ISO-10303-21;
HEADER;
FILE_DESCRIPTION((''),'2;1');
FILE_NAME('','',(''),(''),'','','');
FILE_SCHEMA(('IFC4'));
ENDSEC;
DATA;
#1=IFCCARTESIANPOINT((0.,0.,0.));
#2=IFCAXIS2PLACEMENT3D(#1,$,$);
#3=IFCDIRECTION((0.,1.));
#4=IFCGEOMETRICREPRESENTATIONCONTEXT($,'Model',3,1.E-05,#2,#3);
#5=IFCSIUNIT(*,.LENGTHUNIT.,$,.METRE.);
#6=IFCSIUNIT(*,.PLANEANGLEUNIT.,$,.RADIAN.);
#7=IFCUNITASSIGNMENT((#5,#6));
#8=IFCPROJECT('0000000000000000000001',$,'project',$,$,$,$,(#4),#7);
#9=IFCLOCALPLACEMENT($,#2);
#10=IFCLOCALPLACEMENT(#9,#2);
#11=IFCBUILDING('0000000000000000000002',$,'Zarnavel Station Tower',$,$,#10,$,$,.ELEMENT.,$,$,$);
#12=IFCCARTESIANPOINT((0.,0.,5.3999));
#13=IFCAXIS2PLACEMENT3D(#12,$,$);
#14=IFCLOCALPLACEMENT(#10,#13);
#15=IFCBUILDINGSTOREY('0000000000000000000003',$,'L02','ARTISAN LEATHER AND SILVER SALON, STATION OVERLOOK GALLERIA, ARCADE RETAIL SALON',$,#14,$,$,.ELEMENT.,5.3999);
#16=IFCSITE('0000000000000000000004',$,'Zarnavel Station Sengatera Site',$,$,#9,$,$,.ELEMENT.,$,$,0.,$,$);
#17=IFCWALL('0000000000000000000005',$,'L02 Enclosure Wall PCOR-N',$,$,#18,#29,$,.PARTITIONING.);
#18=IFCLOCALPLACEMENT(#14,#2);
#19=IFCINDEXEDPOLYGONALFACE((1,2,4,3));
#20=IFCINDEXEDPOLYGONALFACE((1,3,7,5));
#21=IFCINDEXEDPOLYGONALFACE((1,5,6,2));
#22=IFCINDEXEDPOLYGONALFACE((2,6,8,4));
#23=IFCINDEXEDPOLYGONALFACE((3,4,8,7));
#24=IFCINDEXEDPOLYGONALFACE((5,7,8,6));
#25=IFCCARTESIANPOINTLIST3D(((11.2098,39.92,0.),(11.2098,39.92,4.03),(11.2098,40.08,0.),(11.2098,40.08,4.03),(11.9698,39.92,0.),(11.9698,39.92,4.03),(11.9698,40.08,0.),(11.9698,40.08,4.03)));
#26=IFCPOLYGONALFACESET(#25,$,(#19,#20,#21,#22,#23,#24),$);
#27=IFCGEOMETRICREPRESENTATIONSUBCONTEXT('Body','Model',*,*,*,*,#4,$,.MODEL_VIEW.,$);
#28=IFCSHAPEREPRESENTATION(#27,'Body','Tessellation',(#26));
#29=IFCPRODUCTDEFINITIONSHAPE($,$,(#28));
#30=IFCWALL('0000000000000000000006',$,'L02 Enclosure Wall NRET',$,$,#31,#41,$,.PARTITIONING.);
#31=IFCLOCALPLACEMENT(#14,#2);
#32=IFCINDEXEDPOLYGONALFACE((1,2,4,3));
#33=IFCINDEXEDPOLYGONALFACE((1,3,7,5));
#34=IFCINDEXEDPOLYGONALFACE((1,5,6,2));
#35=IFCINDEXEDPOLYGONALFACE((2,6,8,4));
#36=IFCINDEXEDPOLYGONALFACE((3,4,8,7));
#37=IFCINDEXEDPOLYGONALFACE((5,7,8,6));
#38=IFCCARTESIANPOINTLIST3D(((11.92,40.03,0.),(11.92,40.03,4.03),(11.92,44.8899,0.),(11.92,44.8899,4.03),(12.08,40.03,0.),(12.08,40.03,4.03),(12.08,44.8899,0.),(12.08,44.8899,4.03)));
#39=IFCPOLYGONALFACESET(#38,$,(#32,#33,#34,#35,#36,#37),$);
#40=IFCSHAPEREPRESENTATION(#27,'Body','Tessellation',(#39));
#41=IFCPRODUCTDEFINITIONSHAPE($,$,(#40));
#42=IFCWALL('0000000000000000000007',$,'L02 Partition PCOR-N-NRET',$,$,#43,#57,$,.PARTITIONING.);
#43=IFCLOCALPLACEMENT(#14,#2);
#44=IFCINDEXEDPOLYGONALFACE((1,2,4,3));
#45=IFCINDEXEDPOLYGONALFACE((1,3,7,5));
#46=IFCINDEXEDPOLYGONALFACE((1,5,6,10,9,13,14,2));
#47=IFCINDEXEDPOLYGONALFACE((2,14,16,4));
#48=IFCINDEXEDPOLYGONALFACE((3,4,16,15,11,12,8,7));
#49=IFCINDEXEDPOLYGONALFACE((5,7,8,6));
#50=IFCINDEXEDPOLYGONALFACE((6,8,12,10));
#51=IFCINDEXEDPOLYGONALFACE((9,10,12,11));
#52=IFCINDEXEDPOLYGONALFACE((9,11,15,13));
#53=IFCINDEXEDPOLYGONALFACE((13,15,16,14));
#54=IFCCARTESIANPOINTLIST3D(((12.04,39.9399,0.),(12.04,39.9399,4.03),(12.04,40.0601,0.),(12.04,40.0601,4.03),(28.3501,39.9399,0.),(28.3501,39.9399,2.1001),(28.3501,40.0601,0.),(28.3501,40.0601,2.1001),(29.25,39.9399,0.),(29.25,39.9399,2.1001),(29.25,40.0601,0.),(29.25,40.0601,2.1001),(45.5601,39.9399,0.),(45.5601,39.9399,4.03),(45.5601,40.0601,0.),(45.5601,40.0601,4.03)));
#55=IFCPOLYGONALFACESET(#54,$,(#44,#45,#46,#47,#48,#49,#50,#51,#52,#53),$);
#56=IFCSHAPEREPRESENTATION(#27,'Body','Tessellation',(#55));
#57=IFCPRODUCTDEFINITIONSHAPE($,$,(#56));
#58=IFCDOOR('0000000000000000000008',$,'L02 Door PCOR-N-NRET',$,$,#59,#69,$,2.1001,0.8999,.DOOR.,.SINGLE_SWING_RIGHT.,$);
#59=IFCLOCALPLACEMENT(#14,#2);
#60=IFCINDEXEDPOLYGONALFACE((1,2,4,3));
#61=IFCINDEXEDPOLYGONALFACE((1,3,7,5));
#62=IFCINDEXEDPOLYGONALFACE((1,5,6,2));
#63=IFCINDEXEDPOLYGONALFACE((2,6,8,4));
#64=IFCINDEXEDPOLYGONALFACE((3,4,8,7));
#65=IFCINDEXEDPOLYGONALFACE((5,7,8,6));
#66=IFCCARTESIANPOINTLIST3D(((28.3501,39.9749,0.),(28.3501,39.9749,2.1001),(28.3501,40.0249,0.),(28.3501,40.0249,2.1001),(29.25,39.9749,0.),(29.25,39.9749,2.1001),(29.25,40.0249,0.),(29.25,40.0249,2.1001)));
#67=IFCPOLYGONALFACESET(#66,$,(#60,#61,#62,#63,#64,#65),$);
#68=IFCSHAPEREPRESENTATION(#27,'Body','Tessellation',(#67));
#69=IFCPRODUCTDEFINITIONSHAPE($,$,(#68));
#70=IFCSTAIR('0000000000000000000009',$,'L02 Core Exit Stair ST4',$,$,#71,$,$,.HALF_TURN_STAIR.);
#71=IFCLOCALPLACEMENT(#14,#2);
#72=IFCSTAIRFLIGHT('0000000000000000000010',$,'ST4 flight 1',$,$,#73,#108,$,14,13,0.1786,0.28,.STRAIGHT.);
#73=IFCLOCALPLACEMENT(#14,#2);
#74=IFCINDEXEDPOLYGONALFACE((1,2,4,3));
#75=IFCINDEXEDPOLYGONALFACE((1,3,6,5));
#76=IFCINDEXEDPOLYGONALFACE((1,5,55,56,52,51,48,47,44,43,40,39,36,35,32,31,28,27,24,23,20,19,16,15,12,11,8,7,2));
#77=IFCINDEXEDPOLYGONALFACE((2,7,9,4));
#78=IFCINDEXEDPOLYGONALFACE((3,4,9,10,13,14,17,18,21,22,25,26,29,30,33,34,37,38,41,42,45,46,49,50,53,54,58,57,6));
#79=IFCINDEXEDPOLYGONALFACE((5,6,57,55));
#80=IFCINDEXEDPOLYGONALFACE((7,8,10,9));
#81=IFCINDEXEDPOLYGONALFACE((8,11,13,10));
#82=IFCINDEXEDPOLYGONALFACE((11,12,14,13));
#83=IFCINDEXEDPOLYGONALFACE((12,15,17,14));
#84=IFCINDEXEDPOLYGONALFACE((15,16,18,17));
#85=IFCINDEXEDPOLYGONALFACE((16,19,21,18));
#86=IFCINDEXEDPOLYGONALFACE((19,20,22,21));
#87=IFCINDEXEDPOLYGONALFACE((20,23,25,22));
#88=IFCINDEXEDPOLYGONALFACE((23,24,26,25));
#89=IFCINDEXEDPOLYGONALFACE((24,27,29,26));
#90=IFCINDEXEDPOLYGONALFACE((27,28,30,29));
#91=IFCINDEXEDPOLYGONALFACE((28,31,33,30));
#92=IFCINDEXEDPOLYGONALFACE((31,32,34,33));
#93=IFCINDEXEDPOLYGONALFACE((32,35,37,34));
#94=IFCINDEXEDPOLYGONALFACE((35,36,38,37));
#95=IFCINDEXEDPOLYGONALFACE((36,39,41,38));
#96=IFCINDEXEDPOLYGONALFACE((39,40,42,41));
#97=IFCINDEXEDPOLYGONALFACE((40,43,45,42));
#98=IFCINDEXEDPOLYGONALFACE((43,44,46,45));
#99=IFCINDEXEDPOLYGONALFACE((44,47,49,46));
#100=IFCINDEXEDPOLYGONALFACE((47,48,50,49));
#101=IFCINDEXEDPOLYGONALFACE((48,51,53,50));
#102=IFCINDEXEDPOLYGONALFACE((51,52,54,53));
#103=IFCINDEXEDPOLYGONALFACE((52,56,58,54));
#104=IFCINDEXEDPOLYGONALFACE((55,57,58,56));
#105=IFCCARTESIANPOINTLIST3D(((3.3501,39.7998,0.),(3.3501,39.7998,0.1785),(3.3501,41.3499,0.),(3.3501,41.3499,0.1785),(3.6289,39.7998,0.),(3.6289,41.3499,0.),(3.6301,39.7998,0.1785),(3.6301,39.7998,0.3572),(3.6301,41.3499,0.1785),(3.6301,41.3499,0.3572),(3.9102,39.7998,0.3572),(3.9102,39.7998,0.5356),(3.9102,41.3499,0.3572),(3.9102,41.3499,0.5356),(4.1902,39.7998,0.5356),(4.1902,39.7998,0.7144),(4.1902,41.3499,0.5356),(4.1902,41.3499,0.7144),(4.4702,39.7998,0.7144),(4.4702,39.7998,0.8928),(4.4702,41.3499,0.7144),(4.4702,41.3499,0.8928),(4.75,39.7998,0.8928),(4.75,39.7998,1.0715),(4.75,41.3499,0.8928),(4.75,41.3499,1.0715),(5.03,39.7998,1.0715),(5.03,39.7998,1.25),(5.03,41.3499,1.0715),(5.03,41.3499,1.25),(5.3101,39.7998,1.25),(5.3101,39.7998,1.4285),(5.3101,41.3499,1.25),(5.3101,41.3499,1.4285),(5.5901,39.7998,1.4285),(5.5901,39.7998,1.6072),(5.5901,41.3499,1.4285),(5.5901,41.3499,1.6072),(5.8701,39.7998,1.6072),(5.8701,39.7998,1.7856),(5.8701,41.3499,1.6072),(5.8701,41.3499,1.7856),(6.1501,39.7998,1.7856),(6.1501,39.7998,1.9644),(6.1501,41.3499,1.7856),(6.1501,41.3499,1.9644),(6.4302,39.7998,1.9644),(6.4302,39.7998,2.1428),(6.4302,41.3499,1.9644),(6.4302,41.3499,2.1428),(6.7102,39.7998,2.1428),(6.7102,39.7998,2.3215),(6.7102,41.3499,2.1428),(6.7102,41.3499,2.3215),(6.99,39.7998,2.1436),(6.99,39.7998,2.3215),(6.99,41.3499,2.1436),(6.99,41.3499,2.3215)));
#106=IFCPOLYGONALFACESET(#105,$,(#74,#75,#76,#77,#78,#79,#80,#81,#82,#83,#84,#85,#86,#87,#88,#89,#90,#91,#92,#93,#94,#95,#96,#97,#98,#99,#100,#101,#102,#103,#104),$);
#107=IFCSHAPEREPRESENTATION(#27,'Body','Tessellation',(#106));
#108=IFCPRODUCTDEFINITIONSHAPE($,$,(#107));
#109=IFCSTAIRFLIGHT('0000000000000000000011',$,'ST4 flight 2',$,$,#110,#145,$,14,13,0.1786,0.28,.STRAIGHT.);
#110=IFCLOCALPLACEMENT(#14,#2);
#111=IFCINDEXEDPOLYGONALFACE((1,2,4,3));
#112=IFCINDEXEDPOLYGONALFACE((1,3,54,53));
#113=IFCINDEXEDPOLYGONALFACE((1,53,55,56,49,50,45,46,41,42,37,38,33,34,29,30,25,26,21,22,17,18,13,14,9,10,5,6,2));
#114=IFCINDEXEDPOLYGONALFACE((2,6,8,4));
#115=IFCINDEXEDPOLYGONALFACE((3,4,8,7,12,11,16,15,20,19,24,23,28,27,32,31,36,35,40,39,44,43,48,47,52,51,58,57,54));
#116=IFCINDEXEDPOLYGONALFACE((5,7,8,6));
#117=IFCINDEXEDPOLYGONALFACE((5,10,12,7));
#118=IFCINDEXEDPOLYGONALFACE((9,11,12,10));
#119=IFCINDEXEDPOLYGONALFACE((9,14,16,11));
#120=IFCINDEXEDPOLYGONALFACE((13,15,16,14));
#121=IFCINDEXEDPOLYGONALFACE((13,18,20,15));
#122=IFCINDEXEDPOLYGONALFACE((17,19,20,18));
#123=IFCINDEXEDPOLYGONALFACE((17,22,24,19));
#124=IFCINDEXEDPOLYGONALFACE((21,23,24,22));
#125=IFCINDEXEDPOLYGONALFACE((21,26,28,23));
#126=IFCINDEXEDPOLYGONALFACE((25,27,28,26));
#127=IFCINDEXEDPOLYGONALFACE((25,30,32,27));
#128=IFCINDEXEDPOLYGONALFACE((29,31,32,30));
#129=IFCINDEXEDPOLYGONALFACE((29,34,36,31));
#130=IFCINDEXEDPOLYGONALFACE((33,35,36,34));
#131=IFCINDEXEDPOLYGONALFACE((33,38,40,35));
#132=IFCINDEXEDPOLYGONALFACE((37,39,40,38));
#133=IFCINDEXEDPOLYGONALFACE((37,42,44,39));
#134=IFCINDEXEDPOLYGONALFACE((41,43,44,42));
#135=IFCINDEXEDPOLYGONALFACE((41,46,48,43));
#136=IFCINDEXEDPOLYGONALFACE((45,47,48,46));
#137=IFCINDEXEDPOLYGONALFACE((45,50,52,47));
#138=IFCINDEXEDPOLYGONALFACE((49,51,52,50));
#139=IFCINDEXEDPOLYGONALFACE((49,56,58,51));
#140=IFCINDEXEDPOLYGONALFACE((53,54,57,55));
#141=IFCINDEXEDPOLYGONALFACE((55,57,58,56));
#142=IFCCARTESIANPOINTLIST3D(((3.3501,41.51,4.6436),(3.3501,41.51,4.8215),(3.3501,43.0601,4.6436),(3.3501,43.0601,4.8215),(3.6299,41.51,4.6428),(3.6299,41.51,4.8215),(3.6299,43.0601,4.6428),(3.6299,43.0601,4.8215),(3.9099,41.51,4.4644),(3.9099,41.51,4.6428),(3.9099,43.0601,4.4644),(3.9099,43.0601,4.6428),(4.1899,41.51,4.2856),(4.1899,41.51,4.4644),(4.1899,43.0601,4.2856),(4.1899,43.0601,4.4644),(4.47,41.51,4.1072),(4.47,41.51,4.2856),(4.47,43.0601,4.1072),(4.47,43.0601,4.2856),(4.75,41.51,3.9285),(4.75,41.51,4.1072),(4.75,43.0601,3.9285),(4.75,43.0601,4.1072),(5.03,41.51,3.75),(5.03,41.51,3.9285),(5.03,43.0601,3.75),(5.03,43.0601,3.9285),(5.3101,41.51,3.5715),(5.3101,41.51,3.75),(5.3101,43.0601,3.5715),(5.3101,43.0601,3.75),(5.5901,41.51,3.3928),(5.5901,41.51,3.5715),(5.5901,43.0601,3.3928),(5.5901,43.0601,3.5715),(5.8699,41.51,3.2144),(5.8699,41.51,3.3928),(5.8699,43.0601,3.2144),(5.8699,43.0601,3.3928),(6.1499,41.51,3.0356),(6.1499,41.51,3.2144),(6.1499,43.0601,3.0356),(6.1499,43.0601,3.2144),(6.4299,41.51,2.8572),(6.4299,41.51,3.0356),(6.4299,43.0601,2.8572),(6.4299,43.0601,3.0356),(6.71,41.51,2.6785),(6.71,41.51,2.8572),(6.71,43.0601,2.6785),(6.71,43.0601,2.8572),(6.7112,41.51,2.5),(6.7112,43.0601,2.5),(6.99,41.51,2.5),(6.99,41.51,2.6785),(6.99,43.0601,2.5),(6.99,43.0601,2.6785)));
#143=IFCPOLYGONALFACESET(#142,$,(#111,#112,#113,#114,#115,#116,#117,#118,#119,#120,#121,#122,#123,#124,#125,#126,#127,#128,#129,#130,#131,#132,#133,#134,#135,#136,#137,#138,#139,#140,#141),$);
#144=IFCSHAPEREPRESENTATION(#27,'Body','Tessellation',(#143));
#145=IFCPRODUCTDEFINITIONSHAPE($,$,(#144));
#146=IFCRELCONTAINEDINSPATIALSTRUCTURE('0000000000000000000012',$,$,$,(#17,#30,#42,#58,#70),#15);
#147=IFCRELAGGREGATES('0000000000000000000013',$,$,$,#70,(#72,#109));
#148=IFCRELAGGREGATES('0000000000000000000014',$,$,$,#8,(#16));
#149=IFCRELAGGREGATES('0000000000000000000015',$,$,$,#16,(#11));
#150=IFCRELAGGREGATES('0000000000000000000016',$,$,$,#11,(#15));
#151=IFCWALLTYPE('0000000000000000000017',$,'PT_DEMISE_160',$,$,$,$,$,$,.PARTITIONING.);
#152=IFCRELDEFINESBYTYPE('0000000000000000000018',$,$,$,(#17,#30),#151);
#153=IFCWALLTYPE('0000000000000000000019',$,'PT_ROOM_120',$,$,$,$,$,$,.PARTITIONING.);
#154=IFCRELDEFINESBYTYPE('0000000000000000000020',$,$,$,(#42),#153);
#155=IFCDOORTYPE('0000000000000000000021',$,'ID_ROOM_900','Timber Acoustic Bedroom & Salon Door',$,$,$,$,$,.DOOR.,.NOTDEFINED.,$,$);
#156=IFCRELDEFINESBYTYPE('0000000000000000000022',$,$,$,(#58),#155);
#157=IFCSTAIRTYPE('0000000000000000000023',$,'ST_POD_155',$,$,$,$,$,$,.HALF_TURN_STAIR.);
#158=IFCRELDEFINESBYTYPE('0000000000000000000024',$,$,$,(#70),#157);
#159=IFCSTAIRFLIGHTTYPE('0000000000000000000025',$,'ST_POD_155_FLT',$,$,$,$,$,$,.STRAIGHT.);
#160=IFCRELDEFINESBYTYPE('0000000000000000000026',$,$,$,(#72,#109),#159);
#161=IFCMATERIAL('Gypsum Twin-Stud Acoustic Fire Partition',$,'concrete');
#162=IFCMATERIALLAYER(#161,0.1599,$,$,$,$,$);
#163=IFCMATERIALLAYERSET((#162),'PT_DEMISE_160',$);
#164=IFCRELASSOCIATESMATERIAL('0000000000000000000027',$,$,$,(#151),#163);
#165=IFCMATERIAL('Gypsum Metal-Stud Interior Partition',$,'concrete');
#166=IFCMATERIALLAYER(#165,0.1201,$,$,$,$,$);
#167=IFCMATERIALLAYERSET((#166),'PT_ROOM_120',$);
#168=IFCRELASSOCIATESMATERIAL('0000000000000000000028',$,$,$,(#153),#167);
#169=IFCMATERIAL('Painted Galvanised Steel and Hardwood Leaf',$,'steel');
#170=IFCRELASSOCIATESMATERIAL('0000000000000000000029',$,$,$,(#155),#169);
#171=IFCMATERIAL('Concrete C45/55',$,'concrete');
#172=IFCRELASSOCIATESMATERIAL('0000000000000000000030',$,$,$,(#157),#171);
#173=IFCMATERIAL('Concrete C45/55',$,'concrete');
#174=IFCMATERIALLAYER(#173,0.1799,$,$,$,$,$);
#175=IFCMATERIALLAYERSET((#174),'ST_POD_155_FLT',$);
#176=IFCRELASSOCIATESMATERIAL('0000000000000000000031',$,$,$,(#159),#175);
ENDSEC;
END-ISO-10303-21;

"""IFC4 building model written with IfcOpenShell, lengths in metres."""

from ifc_helpers import new_model, si_unit, direction, frame, frame_2d, origin, place, context, subcontext, project, spatial, polyline, rectangle, outline, extrude, material, layer, layer_set, type_object, element, fill, aggregate, save


model = new_model("IFC4")

# Units and contexts
model_context = context("Model", 3, precision=1e-05, world=origin(), true_north=direction((0.0, 1.0)))
body_context = subcontext(model_context, "Body", "Model", "MODEL_VIEW")
ifc_project = project(units=[si_unit("LENGTHUNIT", "METRE"), si_unit("PLANEANGLEUNIT", "RADIAN")], contexts=[model_context])

# Site, building, storey
site_placement = place(None, origin())
site = spatial("IfcSite", under=ifc_project, at=site_placement, Name="Zarnavel Station Sengatera Site", CompositionType="ELEMENT", RefElevation=0.0)
building_placement = place(site_placement, origin())
building = spatial("IfcBuilding", under=site, at=building_placement, Name="Zarnavel Station Tower", CompositionType="ELEMENT")
storey_placement = place(building_placement, frame((0.0, 0.0, 5.3999)))
storey = spatial("IfcBuildingStorey", under=building, at=storey_placement, Name="L02", Description="ARTISAN LEATHER AND SILVER SALON, STATION OVERLOOK GALLERIA, ARCADE RETAIL SALON", CompositionType="ELEMENT", Elevation=5.3999)

# Walls
ifc_material_1 = material(Name="Gypsum Twin-Stud Acoustic Fire Partition", Category="concrete")
ifc_layer_1 = layer(ifc_material_1, 0.1599)
ifc_layer_set_1 = layer_set([ifc_layer_1], Name="PT_DEMISE_160")
wall_type_1 = type_object("IfcWallType", Name="PT_DEMISE_160", PredefinedType="PARTITIONING", material=ifc_layer_set_1)
wall_1_placement = place(storey_placement, frame((11.21, 40.0, 0.0), z_axis=(0.0, 0.0, 1.0), x_axis=(1.0, 0.0, 0.0)))
element("IfcWall", 1, at=wall_1_placement, inside=storey, type_object=wall_type_1, Name="L02 Enclosure Wall PCOR-N", PredefinedType="PARTITIONING", context=body_context, shape_type="SweptSolid", body=[
    extrude(rectangle(XDim=0.76, YDim=0.1599, at=frame_2d((0.3799, 0.0))), origin(), (0.0, 0.0, 1.0), 4.03),
])
wall_2_placement = place(storey_placement, frame((12.0, 40.03, 0.0), z_axis=(0.0, 0.0, 1.0), x_axis=(0.0, 1.0, 0.0)))
element("IfcWall", 2, at=wall_2_placement, inside=storey, type_object=wall_type_1, Name="L02 Enclosure Wall NRET", PredefinedType="PARTITIONING", context=body_context, shape_type="SweptSolid", body=[
    extrude(rectangle(XDim=4.8599, YDim=0.1599, at=frame_2d((2.4299, 0.0))), origin(), (0.0, 0.0, 1.0), 4.03),
])

# Wall, opening, door
ifc_material_2 = material(Name="Gypsum Metal-Stud Interior Partition", Category="concrete")
ifc_layer_2 = layer(ifc_material_2, 0.1201)
ifc_layer_set_2 = layer_set([ifc_layer_2], Name="PT_ROOM_120")
wall_type_2 = type_object("IfcWallType", Name="PT_ROOM_120", PredefinedType="PARTITIONING", material=ifc_layer_set_2)
wall_3_placement = place(storey_placement, frame((12.04, 40.0, 0.0), z_axis=(0.0, 0.0, 1.0), x_axis=(1.0, 0.0, 0.0)))
wall_3 = element("IfcWall", 3, at=wall_3_placement, inside=storey, type_object=wall_type_2, Name="L02 Partition PCOR-N-NRET", PredefinedType="PARTITIONING", context=body_context, shape_type="SweptSolid", body=[
    extrude(rectangle(XDim=33.52, YDim=0.1201, at=frame_2d((16.76, 0.0))), origin(), (0.0, 0.0, 1.0), 4.03),
])
opening_1_placement = place(wall_3_placement, frame((16.3101, 0.0, 0.0)))
opening_1 = element("IfcOpeningElement", 4, at=opening_1_placement, cuts=wall_3, PredefinedType="OPENING", context=body_context, shape_type="SweptSolid", body=[
    extrude(rectangle(XDim=0.8999, YDim=2.1001, at=frame_2d((0.45, 1.05))), frame((0.0, 0.0701, 0.0), z_axis=(0.0, -1.0, 0.0), x_axis=(1.0, 0.0, 0.0)), (0.0, 0.0, 1.0), 0.1401),
])
ifc_material_3 = material(Name="Painted Galvanised Steel and Hardwood Leaf", Category="steel")
door_type = type_object("IfcDoorType", Name="ID_ROOM_900", Description="Timber Acoustic Bedroom & Salon Door", OperationType="NOTDEFINED", PredefinedType="DOOR", material=ifc_material_3)
door_placement = place(opening_1_placement, origin())
door = element("IfcDoor", 5, at=door_placement, inside=storey, type_object=door_type, Name="L02 Door PCOR-N-NRET", OperationType="SINGLE_SWING_RIGHT", OverallHeight=2.1001, OverallWidth=0.8999, PredefinedType="DOOR", context=body_context, shape_type="SweptSolid", body=[
    extrude(rectangle(XDim=0.8999, YDim=2.1001, at=frame_2d((0.45, 1.05))), frame((0.0, 0.0249, 0.0), z_axis=(0.0, -1.0, 0.0), x_axis=(1.0, 0.0, 0.0)), (0.0, 0.0, 1.0), 0.05),
])
fill(opening_1, door)

# Stair, stair flights
ifc_material_4 = material(Name="Concrete C45/55", Category="concrete")
stair_type = type_object("IfcStairType", Name="ST_POD_155", PredefinedType="HALF_TURN_STAIR", material=ifc_material_4)
stair_placement = place(storey_placement, origin())
stair = element("IfcStair", 6, at=stair_placement, inside=storey, type_object=stair_type, Name="L02 Core Exit Stair ST4", PredefinedType="HALF_TURN_STAIR")
ifc_material_5 = material(Name="Concrete C45/55", Category="concrete")
ifc_layer_3 = layer(ifc_material_5, 0.1799)
ifc_layer_set_3 = layer_set([ifc_layer_3], Name="ST_POD_155_FLT")
stair_flight_type = type_object("IfcStairFlightType", Name="ST_POD_155_FLT", PredefinedType="STRAIGHT", material=ifc_layer_set_3)
stair_flight_1_placement = place(storey_placement, frame((3.3501, 40.575, 0.0), z_axis=(0.0, 0.0, 1.0), x_axis=(1.0, 0.0, 0.0)))
stair_flight_1 = element("IfcStairFlight", 7, at=stair_flight_1_placement, type_object=stair_flight_type, Name="ST4 flight 1", NumberOfRisers=14, NumberOfTreads=13, PredefinedType="STRAIGHT", RiserHeight=0.1786, TreadLength=0.28, context=body_context, shape_type="SweptSolid", body=[
    extrude(outline(polyline([(0.0, 0.0), (0.0, 0.1785), (0.28, 0.1785), (0.28, 0.3572), (0.5601, 0.3572), (0.5601, 0.5356), (0.8401, 0.5356), (0.8401, 0.7144), (1.1201, 0.7144), (1.1201, 0.8928), (1.3999, 0.8928), (1.3999, 1.0715), (1.6799, 1.0715), (1.6799, 1.25), (1.96, 1.25), (1.96, 1.4285), (2.24, 1.4285), (2.24, 1.6072), (2.52, 1.6072), (2.52, 1.7856), (2.8, 1.7856), (2.8, 1.9644), (3.0801, 1.9644), (3.0801, 2.1428), (3.3601, 2.1428), (3.3601, 2.3215), (3.6399, 2.3215), (3.6399, 2.5), (3.6399, 2.1436), (0.2788, 0.0), (0.0, 0.0)])), frame((0.0, 0.7749, 0.0), z_axis=(0.0, -1.0, 0.0), x_axis=(1.0, 0.0, 0.0)), (0.0, 0.0, 1.0), 1.55),
])
stair_flight_2_placement = place(storey_placement, frame((6.99, 42.2849, 2.5), z_axis=(0.0, 0.0, 1.0), x_axis=(-1.0, 0.0, 0.0)))
stair_flight_2 = element("IfcStairFlight", 8, at=stair_flight_2_placement, type_object=stair_flight_type, Name="ST4 flight 2", NumberOfRisers=14, NumberOfTreads=13, PredefinedType="STRAIGHT", RiserHeight=0.1786, TreadLength=0.28, context=body_context, shape_type="SweptSolid", body=[
    extrude(outline(polyline([(0.0, 0.0), (0.0, 0.1785), (0.28, 0.1785), (0.28, 0.3572), (0.5601, 0.3572), (0.5601, 0.5356), (0.8401, 0.5356), (0.8401, 0.7144), (1.1201, 0.7144), (1.1201, 0.8928), (1.3999, 0.8928), (1.3999, 1.0715), (1.6799, 1.0715), (1.6799, 1.25), (1.96, 1.25), (1.96, 1.4285), (2.24, 1.4285), (2.24, 1.6072), (2.52, 1.6072), (2.52, 1.7856), (2.8, 1.7856), (2.8, 1.9644), (3.0801, 1.9644), (3.0801, 2.1428), (3.3601, 2.1428), (3.3601, 2.3215), (3.6399, 2.3215), (3.6399, 2.5), (3.6399, 2.1436), (0.2788, 0.0), (0.0, 0.0)])), frame((0.0, 0.7749, 0.0), z_axis=(0.0, -1.0, 0.0), x_axis=(1.0, 0.0, 0.0)), (0.0, 0.0, 1.0), 1.55),
])
aggregate(stair, [stair_flight_1, stair_flight_2])

save(model, "model.ifc")
